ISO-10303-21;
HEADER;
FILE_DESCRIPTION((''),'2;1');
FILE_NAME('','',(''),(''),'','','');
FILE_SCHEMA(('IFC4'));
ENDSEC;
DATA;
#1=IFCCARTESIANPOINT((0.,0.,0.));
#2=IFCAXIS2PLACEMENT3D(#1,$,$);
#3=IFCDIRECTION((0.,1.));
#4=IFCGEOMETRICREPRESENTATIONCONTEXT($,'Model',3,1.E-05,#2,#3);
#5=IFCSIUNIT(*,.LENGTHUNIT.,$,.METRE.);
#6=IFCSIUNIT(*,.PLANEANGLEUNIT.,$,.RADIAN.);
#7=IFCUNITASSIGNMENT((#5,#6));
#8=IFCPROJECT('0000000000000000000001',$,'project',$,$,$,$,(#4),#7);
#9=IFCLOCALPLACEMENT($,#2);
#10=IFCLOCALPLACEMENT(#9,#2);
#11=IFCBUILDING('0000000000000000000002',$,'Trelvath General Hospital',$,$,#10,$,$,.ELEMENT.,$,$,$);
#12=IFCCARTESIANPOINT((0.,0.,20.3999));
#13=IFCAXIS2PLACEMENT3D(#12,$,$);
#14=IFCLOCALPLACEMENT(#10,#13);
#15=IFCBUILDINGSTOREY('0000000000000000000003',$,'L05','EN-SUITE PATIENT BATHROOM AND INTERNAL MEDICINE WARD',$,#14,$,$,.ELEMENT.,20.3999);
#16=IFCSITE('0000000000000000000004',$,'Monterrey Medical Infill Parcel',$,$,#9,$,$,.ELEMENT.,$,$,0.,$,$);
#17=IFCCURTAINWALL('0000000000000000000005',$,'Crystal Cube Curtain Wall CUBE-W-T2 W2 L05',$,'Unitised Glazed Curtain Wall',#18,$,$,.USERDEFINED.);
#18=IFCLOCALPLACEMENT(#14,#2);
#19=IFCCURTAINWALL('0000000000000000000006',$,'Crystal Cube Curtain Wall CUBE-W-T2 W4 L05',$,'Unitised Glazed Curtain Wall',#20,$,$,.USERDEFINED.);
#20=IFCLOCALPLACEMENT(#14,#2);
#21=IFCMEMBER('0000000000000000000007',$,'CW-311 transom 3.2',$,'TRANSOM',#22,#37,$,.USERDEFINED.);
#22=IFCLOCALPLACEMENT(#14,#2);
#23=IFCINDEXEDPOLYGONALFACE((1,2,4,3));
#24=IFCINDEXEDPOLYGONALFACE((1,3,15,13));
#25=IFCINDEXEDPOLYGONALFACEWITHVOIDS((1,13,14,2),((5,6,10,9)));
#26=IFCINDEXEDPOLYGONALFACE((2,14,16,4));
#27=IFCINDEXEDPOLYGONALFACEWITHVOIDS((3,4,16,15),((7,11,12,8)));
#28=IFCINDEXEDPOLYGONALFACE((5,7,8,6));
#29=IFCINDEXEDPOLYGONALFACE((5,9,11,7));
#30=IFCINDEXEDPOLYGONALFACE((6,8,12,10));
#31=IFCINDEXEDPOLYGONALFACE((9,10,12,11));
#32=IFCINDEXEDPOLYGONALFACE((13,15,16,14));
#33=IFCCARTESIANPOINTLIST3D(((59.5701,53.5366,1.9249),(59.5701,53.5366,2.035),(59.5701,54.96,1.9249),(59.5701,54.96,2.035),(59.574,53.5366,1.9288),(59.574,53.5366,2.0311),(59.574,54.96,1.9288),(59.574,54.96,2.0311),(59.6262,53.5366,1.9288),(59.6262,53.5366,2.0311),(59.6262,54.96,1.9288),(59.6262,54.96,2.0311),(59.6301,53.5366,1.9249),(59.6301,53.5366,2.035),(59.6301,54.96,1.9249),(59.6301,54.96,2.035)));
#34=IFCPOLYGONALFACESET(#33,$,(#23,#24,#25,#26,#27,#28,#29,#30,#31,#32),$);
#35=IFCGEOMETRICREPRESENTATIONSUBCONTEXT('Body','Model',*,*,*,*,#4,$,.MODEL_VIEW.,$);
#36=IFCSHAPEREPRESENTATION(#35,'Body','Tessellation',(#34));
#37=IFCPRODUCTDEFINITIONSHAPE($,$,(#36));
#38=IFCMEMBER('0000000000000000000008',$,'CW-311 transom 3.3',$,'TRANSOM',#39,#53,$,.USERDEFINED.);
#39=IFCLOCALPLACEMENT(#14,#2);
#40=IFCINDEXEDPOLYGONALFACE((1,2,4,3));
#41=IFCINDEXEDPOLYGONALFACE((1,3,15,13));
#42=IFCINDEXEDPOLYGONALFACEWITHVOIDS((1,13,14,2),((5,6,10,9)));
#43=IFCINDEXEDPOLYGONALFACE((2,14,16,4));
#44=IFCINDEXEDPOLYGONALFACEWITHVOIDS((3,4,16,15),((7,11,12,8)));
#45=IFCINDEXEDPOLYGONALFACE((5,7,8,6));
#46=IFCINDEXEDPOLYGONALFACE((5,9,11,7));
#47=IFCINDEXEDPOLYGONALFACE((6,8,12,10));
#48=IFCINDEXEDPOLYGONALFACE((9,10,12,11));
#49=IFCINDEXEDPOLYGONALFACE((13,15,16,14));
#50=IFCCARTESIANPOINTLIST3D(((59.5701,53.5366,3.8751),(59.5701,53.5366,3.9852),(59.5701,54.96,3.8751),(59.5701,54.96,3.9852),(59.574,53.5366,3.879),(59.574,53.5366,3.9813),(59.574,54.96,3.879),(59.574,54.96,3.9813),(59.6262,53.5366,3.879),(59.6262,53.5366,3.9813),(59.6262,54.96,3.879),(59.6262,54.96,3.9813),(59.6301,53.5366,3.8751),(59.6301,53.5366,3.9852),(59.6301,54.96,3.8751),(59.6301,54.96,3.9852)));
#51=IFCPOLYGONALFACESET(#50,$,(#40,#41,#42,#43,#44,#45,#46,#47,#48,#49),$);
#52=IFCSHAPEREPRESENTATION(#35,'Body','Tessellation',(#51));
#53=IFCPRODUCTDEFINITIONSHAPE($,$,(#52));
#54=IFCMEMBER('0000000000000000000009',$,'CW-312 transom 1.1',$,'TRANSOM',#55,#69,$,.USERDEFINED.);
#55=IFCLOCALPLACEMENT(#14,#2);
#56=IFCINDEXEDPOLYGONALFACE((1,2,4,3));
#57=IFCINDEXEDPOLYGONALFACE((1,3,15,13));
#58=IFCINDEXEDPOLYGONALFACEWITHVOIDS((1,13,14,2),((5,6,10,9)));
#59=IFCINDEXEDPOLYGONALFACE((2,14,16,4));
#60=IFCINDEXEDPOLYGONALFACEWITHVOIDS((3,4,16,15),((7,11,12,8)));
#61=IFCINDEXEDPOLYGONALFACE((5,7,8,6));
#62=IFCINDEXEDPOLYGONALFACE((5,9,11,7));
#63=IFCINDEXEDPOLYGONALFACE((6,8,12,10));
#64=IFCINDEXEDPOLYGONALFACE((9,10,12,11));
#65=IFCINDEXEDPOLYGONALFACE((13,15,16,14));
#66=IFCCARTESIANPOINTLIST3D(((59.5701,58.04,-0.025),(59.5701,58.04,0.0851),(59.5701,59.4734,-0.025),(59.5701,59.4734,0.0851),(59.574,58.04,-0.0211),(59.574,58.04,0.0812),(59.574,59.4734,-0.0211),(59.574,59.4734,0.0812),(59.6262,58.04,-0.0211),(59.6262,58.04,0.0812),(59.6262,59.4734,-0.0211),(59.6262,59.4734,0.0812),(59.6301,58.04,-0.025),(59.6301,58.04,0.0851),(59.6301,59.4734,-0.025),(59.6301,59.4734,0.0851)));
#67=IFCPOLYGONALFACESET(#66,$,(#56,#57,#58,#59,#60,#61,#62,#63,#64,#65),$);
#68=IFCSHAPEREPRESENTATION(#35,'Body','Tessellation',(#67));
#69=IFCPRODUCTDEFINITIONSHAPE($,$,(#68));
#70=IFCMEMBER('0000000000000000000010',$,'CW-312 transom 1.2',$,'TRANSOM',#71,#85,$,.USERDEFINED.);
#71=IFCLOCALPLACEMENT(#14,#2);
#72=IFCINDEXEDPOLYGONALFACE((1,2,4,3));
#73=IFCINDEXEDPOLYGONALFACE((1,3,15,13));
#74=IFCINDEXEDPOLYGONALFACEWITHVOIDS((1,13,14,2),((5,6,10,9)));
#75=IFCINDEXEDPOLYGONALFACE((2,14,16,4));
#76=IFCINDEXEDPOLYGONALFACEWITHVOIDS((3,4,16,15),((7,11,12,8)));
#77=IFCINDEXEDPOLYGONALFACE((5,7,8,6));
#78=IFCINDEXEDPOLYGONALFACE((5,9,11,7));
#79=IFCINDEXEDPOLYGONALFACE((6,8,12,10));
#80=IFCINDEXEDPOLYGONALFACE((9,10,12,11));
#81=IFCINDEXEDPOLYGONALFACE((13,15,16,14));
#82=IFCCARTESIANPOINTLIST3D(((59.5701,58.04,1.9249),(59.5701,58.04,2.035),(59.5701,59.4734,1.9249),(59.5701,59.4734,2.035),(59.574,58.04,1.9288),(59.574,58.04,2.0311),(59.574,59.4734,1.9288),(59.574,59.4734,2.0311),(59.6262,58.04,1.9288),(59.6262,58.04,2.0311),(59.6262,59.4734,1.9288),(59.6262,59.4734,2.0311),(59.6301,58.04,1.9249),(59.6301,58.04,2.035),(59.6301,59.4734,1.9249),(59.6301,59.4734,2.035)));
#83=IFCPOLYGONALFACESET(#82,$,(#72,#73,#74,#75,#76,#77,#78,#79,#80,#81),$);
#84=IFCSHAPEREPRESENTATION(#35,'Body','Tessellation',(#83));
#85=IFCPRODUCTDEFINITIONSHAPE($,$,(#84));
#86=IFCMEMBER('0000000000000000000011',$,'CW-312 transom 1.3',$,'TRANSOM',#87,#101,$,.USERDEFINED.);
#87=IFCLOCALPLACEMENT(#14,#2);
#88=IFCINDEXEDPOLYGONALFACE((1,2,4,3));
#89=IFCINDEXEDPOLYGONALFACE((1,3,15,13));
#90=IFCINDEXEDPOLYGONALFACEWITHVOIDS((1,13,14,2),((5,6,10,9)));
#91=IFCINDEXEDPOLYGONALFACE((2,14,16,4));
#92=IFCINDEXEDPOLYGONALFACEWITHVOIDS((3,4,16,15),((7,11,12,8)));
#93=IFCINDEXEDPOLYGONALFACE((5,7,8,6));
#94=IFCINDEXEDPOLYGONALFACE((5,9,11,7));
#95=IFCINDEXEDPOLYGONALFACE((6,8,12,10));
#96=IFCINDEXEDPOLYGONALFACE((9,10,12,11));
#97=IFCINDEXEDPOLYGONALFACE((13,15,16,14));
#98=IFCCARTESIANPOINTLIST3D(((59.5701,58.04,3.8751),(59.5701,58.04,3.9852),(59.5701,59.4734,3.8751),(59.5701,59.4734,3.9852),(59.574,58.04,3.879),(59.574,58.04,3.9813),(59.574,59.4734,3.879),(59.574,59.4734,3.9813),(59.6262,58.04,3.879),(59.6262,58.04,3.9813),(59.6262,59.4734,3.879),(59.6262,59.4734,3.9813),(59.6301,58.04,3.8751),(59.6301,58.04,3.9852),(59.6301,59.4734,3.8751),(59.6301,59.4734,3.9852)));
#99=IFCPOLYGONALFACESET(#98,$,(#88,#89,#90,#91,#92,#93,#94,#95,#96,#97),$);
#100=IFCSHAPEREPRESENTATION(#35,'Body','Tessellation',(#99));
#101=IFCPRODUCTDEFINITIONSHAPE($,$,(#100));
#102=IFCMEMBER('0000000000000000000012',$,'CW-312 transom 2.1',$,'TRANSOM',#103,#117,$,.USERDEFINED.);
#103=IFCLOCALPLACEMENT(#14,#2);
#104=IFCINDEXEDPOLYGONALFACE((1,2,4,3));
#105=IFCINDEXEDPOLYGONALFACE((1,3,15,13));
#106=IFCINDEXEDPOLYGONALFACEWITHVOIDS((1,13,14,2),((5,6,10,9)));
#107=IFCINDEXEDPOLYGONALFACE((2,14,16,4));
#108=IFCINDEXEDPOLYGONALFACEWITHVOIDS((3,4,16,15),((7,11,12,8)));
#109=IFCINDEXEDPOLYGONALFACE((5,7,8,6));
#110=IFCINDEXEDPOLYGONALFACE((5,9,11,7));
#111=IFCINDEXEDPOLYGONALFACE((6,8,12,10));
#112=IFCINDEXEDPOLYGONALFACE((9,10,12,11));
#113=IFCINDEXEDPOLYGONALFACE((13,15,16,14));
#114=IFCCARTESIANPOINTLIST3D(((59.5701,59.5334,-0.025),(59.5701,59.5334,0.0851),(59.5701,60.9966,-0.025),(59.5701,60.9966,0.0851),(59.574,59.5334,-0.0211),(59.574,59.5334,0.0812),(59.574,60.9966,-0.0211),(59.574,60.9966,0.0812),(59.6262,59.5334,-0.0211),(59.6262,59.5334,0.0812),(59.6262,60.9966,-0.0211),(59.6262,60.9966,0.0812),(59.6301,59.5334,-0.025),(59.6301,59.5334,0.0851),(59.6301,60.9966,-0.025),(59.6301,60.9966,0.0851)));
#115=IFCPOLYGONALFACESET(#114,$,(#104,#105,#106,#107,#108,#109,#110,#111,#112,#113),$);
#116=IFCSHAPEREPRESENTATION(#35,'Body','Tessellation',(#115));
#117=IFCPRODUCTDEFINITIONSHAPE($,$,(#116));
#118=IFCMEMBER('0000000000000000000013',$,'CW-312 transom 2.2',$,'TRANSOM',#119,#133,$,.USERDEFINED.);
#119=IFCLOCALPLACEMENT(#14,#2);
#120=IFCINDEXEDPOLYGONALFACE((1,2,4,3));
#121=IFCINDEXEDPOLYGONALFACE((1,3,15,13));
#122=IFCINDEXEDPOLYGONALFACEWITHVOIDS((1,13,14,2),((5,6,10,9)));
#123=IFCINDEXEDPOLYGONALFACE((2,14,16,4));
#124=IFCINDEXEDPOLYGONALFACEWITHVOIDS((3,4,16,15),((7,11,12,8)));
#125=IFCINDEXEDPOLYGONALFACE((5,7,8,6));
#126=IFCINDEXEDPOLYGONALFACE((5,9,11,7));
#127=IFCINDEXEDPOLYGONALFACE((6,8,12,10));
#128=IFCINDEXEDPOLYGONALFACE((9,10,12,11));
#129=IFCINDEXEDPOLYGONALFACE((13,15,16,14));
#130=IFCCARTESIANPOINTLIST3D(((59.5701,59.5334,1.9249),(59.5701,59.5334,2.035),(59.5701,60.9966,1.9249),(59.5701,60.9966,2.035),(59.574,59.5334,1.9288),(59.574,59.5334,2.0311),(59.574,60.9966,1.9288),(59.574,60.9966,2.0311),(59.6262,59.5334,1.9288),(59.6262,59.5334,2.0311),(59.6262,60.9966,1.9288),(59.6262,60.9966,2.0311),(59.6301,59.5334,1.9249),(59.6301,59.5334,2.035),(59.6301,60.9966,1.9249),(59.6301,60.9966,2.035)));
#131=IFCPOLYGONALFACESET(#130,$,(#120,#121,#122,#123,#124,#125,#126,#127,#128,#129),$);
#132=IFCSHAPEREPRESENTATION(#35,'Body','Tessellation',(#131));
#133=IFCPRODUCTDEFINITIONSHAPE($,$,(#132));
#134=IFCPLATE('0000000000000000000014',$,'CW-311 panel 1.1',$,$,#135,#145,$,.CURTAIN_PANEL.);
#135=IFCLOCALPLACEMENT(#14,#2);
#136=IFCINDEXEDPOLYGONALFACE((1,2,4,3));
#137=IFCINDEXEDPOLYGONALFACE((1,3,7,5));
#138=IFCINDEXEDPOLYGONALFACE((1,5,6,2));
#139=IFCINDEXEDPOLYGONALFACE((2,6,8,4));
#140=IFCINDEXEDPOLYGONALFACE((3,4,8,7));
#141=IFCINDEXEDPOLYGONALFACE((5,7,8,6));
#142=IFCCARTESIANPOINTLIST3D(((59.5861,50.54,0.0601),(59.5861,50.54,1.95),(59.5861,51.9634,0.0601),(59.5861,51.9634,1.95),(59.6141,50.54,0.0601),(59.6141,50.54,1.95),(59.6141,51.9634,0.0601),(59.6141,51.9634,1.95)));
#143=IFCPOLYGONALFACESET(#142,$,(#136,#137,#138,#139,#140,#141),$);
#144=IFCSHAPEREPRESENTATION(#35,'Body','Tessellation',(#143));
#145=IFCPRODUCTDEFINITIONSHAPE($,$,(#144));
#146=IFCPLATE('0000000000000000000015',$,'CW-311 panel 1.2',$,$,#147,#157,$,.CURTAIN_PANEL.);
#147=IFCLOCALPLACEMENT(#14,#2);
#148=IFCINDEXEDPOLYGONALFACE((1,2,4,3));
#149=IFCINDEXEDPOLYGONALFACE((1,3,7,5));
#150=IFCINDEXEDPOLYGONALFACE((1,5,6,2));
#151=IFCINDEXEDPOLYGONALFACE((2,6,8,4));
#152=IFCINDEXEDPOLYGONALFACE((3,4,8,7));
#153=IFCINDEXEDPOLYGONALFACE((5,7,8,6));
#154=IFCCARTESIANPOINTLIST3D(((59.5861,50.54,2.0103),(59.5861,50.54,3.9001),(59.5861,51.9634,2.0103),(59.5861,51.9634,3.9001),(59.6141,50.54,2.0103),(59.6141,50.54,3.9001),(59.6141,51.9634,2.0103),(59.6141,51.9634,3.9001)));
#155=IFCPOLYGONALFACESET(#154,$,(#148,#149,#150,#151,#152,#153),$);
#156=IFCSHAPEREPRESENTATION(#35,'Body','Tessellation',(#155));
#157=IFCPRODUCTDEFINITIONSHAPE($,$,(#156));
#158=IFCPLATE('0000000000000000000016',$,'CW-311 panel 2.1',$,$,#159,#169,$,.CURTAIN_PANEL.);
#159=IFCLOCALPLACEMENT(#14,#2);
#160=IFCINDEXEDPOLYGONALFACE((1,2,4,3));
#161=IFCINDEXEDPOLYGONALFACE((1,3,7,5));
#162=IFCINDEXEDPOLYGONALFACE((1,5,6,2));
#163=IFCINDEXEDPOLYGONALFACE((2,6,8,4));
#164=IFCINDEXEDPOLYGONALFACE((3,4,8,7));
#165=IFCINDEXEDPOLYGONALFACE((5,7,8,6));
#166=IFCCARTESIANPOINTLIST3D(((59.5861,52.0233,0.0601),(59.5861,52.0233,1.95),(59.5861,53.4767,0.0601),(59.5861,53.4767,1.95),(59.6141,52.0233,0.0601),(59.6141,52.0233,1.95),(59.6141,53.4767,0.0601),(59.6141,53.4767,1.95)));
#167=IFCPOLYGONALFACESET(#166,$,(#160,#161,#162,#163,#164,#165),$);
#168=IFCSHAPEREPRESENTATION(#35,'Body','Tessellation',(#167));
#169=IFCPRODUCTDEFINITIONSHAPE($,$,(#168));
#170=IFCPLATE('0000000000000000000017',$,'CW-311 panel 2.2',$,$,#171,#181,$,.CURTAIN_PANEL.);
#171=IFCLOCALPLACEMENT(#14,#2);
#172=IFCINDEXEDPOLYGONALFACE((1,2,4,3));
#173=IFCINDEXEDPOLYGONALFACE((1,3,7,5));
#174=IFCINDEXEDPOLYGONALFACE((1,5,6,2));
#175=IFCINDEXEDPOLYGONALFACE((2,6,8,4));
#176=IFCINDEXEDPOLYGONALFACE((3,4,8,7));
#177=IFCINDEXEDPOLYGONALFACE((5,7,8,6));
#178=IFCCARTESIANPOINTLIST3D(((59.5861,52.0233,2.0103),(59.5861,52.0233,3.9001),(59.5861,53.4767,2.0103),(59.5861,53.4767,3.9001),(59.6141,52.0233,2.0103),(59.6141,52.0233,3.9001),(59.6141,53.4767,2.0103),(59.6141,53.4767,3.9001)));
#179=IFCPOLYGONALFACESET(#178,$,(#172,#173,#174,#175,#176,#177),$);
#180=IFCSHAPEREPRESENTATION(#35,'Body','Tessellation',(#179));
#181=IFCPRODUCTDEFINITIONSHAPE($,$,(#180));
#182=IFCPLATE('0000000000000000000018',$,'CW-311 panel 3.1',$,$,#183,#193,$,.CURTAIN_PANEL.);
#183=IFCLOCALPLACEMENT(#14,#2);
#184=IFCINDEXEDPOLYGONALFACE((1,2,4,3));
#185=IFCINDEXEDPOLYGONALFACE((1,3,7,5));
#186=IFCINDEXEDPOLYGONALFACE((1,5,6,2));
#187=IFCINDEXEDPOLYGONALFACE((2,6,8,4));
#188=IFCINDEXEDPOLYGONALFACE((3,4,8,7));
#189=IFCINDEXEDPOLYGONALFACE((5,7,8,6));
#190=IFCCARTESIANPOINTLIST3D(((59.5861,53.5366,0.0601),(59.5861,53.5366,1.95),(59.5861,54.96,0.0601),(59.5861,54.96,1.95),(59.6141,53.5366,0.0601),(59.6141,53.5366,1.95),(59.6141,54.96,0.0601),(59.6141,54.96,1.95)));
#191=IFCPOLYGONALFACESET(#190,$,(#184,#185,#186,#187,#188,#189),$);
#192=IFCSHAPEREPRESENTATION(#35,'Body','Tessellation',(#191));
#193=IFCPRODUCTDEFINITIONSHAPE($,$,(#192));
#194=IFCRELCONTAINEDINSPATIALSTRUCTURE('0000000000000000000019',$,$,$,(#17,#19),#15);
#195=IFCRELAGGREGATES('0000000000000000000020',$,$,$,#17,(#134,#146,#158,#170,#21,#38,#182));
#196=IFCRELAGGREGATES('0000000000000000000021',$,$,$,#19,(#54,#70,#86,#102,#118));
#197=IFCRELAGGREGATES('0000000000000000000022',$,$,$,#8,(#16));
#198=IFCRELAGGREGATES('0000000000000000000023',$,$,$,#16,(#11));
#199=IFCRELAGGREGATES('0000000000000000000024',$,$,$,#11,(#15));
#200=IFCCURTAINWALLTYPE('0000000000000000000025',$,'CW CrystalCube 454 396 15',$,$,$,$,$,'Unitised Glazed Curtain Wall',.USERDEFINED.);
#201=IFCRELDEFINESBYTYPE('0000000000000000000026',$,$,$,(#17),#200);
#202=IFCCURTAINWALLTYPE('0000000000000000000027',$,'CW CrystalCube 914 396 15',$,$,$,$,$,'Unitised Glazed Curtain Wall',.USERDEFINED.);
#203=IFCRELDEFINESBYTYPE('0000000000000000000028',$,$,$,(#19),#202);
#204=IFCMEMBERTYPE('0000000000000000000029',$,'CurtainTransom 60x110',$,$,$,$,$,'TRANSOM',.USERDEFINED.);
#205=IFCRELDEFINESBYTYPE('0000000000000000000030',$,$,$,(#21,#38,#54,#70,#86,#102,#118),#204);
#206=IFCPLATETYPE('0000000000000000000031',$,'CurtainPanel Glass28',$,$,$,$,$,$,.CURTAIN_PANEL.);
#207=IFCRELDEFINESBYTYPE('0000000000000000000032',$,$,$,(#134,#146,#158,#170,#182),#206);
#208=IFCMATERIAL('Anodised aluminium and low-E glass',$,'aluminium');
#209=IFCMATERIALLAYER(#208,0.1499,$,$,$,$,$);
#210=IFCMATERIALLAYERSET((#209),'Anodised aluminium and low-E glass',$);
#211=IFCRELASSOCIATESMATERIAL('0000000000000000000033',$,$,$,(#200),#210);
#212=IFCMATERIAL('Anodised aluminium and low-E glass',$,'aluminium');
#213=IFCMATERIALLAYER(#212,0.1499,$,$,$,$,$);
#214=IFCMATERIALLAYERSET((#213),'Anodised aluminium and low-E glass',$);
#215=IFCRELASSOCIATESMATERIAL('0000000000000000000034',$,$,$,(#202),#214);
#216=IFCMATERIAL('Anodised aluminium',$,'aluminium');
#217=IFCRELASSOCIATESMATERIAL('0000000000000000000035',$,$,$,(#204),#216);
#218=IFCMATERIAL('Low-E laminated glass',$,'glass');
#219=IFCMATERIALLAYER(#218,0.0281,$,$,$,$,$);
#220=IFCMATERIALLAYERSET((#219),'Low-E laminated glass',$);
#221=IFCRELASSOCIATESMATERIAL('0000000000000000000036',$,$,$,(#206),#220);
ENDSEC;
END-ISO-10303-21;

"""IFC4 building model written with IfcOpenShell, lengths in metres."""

from ifc_helpers import new_model, si_unit, direction, frame, origin, origin_2d, place, context, subcontext, project, spatial, rectangle, hollow_rectangle, extrude, material, layer, layer_set, material_profile, profile_set, type_object, element, aggregate, save


model = new_model("IFC4")

# Units and contexts
model_context = context("Model", 3, precision=1e-05, world=origin(), true_north=direction((0.0, 1.0)))
body_context = subcontext(model_context, "Body", "Model", "MODEL_VIEW")
ifc_project = project(units=[si_unit("LENGTHUNIT", "METRE"), si_unit("PLANEANGLEUNIT", "RADIAN")], contexts=[model_context])

# Site, building, storey
site_placement = place(None, origin())
site = spatial("IfcSite", under=ifc_project, at=site_placement, Name="Monterrey Medical Infill Parcel", CompositionType="ELEMENT", RefElevation=0.0)
building_placement = place(site_placement, origin())
building = spatial("IfcBuilding", under=site, at=building_placement, Name="Trelvath General Hospital", CompositionType="ELEMENT")
storey_placement = place(building_placement, frame((0.0, 0.0, 20.3999)))
storey = spatial("IfcBuildingStorey", under=building, at=storey_placement, Name="L05", Description="EN-SUITE PATIENT BATHROOM AND INTERNAL MEDICINE WARD", CompositionType="ELEMENT", Elevation=20.3999)

# Curtain walls
ifc_material_1 = material(Name="Anodised aluminium and low-E glass", Category="aluminium")
ifc_layer_1 = layer(ifc_material_1, 0.1499)
ifc_layer_set_1 = layer_set([ifc_layer_1], Name="Anodised aluminium and low-E glass")
curtain_wall_type_1 = type_object("IfcCurtainWallType", Name="CW CrystalCube 454 396 15", ElementType="Unitised Glazed Curtain Wall", PredefinedType="USERDEFINED", material=ifc_layer_set_1)
curtain_wall_1_placement = place(storey_placement, origin())
curtain_wall_1 = element("IfcCurtainWall", 1, at=curtain_wall_1_placement, inside=storey, type_object=curtain_wall_type_1, Name="Crystal Cube Curtain Wall CUBE-W-T2 W2 L05", ObjectType="Unitised Glazed Curtain Wall", PredefinedType="USERDEFINED")
ifc_material_2 = material(Name="Anodised aluminium and low-E glass", Category="aluminium")
ifc_layer_2 = layer(ifc_material_2, 0.1499)
ifc_layer_set_2 = layer_set([ifc_layer_2], Name="Anodised aluminium and low-E glass")
curtain_wall_type_2 = type_object("IfcCurtainWallType", Name="CW CrystalCube 914 396 15", ElementType="Unitised Glazed Curtain Wall", PredefinedType="USERDEFINED", material=ifc_layer_set_2)
curtain_wall_2_placement = place(storey_placement, origin())
curtain_wall_2 = element("IfcCurtainWall", 2, at=curtain_wall_2_placement, inside=storey, type_object=curtain_wall_type_2, Name="Crystal Cube Curtain Wall CUBE-W-T2 W4 L05", ObjectType="Unitised Glazed Curtain Wall", PredefinedType="USERDEFINED")

# Members
ifc_material_3 = material(Name="Anodised aluminium", Category="aluminium")
ifc_material_profile_1 = material_profile(ifc_material_3, hollow_rectangle(XDim=0.0601, YDim=0.1101, WallThickness=0.0039, at=origin_2d()), Name="RHS60x110x4")
ifc_profile_set_1 = profile_set([ifc_material_profile_1], Name="Anodised aluminium")
member_type_1 = type_object("IfcMemberType", Name="CurtainTransom 60x110", ElementType="TRANSOM", PredefinedType="USERDEFINED", material=ifc_profile_set_1)
member_1_placement = place(storey_placement, frame((59.6001, 53.5366, 1.98), z_axis=(0.0, 1.0, 0.0), x_axis=(-1.0, 0.0, 0.0)))
member_1 = element("IfcMember", 3, at=member_1_placement, type_object=member_type_1, Name="CW-311 transom 3.2", ObjectType="TRANSOM", PredefinedType="USERDEFINED", context=body_context, shape_type="SweptSolid", body=[
    extrude(hollow_rectangle(XDim=0.0601, YDim=0.1101, WallThickness=0.0039, at=origin_2d()), origin(), (0.0, 0.0, 1.0), 1.4233),
])
member_2_placement = place(storey_placement, frame((59.6001, 53.5366, 3.9302), z_axis=(0.0, 1.0, 0.0), x_axis=(-1.0, 0.0, 0.0)))
member_2 = element("IfcMember", 4, at=member_2_placement, type_object=member_type_1, Name="CW-311 transom 3.3", ObjectType="TRANSOM", PredefinedType="USERDEFINED", context=body_context, shape_type="SweptSolid", body=[
    extrude(hollow_rectangle(XDim=0.0601, YDim=0.1101, WallThickness=0.0039, at=origin_2d()), origin(), (0.0, 0.0, 1.0), 1.4233),
])
member_3_placement = place(storey_placement, frame((59.6001, 58.04, 0.03), z_axis=(0.0, 1.0, 0.0), x_axis=(-1.0, 0.0, 0.0)))
member_3 = element("IfcMember", 5, at=member_3_placement, type_object=member_type_1, Name="CW-312 transom 1.1", ObjectType="TRANSOM", PredefinedType="USERDEFINED", context=body_context, shape_type="SweptSolid", body=[
    extrude(hollow_rectangle(XDim=0.0601, YDim=0.1101, WallThickness=0.0039, at=origin_2d()), origin(), (0.0, 0.0, 1.0), 1.4333),
])
member_4_placement = place(storey_placement, frame((59.6001, 58.04, 1.98), z_axis=(0.0, 1.0, 0.0), x_axis=(-1.0, 0.0, 0.0)))
member_4 = element("IfcMember", 6, at=member_4_placement, type_object=member_type_1, Name="CW-312 transom 1.2", ObjectType="TRANSOM", PredefinedType="USERDEFINED", context=body_context, shape_type="SweptSolid", body=[
    extrude(hollow_rectangle(XDim=0.0601, YDim=0.1101, WallThickness=0.0039, at=origin_2d()), origin(), (0.0, 0.0, 1.0), 1.4333),
])
member_5_placement = place(storey_placement, frame((59.6001, 58.04, 3.9302), z_axis=(0.0, 1.0, 0.0), x_axis=(-1.0, 0.0, 0.0)))
member_5 = element("IfcMember", 7, at=member_5_placement, type_object=member_type_1, Name="CW-312 transom 1.3", ObjectType="TRANSOM", PredefinedType="USERDEFINED", context=body_context, shape_type="SweptSolid", body=[
    extrude(hollow_rectangle(XDim=0.0601, YDim=0.1101, WallThickness=0.0039, at=origin_2d()), origin(), (0.0, 0.0, 1.0), 1.4333),
])
member_6_placement = place(storey_placement, frame((59.6001, 59.5334, 0.03), z_axis=(0.0, 1.0, 0.0), x_axis=(-1.0, 0.0, 0.0)))
member_6 = element("IfcMember", 8, at=member_6_placement, type_object=member_type_1, Name="CW-312 transom 2.1", ObjectType="TRANSOM", PredefinedType="USERDEFINED", context=body_context, shape_type="SweptSolid", body=[
    extrude(hollow_rectangle(XDim=0.0601, YDim=0.1101, WallThickness=0.0039, at=origin_2d()), origin(), (0.0, 0.0, 1.0), 1.4631),
])
member_7_placement = place(storey_placement, frame((59.6001, 59.5334, 1.98), z_axis=(0.0, 1.0, 0.0), x_axis=(-1.0, 0.0, 0.0)))
member_7 = element("IfcMember", 9, at=member_7_placement, type_object=member_type_1, Name="CW-312 transom 2.2", ObjectType="TRANSOM", PredefinedType="USERDEFINED", context=body_context, shape_type="SweptSolid", body=[
    extrude(hollow_rectangle(XDim=0.0601, YDim=0.1101, WallThickness=0.0039, at=origin_2d()), origin(), (0.0, 0.0, 1.0), 1.4631),
])

# Plates
ifc_material_4 = material(Name="Low-E laminated glass", Category="glass")
ifc_layer_3 = layer(ifc_material_4, 0.0281)
ifc_layer_set_3 = layer_set([ifc_layer_3], Name="Low-E laminated glass")
plate_type = type_object("IfcPlateType", Name="CurtainPanel Glass28", PredefinedType="CURTAIN_PANEL", material=ifc_layer_set_3)
plate_1_placement = place(storey_placement, frame((59.6001, 51.2517, 0.0601), z_axis=(0.0, 0.0, 1.0), x_axis=(0.0, 1.0, 0.0)))
plate_1 = element("IfcPlate", 10, at=plate_1_placement, type_object=plate_type, Name="CW-311 panel 1.1", PredefinedType="CURTAIN_PANEL", context=body_context, shape_type="SweptSolid", body=[
    extrude(rectangle(XDim=1.4233, YDim=0.0281, at=origin_2d()), origin(), (0.0, 0.0, 1.0), 1.8899),
])
plate_2_placement = place(storey_placement, frame((59.6001, 51.2517, 2.0103), z_axis=(0.0, 0.0, 1.0), x_axis=(0.0, 1.0, 0.0)))
plate_2 = element("IfcPlate", 11, at=plate_2_placement, type_object=plate_type, Name="CW-311 panel 1.2", PredefinedType="CURTAIN_PANEL", context=body_context, shape_type="SweptSolid", body=[
    extrude(rectangle(XDim=1.4233, YDim=0.0281, at=origin_2d()), origin(), (0.0, 0.0, 1.0), 1.8899),
])
plate_3_placement = place(storey_placement, frame((59.6001, 52.75, 0.0601), z_axis=(0.0, 0.0, 1.0), x_axis=(0.0, 1.0, 0.0)))
plate_3 = element("IfcPlate", 12, at=plate_3_placement, type_object=plate_type, Name="CW-311 panel 2.1", PredefinedType="CURTAIN_PANEL", context=body_context, shape_type="SweptSolid", body=[
    extrude(rectangle(XDim=1.4534, YDim=0.0281, at=origin_2d()), origin(), (0.0, 0.0, 1.0), 1.8899),
])
plate_4_placement = place(storey_placement, frame((59.6001, 52.75, 2.0103), z_axis=(0.0, 0.0, 1.0), x_axis=(0.0, 1.0, 0.0)))
plate_4 = element("IfcPlate", 13, at=plate_4_placement, type_object=plate_type, Name="CW-311 panel 2.2", PredefinedType="CURTAIN_PANEL", context=body_context, shape_type="SweptSolid", body=[
    extrude(rectangle(XDim=1.4534, YDim=0.0281, at=origin_2d()), origin(), (0.0, 0.0, 1.0), 1.8899),
])
plate_5_placement = place(storey_placement, frame((59.6001, 54.2483, 0.0601), z_axis=(0.0, 0.0, 1.0), x_axis=(0.0, 1.0, 0.0)))
plate_5 = element("IfcPlate", 14, at=plate_5_placement, type_object=plate_type, Name="CW-311 panel 3.1", PredefinedType="CURTAIN_PANEL", context=body_context, shape_type="SweptSolid", body=[
    extrude(rectangle(XDim=1.4233, YDim=0.0281, at=origin_2d()), origin(), (0.0, 0.0, 1.0), 1.8899),
])
aggregate(curtain_wall_1, [plate_1, plate_2, plate_3, plate_4, member_1, member_2, plate_5])
aggregate(curtain_wall_2, [member_3, member_4, member_5, member_6, member_7])

save(model, "model.ifc")
